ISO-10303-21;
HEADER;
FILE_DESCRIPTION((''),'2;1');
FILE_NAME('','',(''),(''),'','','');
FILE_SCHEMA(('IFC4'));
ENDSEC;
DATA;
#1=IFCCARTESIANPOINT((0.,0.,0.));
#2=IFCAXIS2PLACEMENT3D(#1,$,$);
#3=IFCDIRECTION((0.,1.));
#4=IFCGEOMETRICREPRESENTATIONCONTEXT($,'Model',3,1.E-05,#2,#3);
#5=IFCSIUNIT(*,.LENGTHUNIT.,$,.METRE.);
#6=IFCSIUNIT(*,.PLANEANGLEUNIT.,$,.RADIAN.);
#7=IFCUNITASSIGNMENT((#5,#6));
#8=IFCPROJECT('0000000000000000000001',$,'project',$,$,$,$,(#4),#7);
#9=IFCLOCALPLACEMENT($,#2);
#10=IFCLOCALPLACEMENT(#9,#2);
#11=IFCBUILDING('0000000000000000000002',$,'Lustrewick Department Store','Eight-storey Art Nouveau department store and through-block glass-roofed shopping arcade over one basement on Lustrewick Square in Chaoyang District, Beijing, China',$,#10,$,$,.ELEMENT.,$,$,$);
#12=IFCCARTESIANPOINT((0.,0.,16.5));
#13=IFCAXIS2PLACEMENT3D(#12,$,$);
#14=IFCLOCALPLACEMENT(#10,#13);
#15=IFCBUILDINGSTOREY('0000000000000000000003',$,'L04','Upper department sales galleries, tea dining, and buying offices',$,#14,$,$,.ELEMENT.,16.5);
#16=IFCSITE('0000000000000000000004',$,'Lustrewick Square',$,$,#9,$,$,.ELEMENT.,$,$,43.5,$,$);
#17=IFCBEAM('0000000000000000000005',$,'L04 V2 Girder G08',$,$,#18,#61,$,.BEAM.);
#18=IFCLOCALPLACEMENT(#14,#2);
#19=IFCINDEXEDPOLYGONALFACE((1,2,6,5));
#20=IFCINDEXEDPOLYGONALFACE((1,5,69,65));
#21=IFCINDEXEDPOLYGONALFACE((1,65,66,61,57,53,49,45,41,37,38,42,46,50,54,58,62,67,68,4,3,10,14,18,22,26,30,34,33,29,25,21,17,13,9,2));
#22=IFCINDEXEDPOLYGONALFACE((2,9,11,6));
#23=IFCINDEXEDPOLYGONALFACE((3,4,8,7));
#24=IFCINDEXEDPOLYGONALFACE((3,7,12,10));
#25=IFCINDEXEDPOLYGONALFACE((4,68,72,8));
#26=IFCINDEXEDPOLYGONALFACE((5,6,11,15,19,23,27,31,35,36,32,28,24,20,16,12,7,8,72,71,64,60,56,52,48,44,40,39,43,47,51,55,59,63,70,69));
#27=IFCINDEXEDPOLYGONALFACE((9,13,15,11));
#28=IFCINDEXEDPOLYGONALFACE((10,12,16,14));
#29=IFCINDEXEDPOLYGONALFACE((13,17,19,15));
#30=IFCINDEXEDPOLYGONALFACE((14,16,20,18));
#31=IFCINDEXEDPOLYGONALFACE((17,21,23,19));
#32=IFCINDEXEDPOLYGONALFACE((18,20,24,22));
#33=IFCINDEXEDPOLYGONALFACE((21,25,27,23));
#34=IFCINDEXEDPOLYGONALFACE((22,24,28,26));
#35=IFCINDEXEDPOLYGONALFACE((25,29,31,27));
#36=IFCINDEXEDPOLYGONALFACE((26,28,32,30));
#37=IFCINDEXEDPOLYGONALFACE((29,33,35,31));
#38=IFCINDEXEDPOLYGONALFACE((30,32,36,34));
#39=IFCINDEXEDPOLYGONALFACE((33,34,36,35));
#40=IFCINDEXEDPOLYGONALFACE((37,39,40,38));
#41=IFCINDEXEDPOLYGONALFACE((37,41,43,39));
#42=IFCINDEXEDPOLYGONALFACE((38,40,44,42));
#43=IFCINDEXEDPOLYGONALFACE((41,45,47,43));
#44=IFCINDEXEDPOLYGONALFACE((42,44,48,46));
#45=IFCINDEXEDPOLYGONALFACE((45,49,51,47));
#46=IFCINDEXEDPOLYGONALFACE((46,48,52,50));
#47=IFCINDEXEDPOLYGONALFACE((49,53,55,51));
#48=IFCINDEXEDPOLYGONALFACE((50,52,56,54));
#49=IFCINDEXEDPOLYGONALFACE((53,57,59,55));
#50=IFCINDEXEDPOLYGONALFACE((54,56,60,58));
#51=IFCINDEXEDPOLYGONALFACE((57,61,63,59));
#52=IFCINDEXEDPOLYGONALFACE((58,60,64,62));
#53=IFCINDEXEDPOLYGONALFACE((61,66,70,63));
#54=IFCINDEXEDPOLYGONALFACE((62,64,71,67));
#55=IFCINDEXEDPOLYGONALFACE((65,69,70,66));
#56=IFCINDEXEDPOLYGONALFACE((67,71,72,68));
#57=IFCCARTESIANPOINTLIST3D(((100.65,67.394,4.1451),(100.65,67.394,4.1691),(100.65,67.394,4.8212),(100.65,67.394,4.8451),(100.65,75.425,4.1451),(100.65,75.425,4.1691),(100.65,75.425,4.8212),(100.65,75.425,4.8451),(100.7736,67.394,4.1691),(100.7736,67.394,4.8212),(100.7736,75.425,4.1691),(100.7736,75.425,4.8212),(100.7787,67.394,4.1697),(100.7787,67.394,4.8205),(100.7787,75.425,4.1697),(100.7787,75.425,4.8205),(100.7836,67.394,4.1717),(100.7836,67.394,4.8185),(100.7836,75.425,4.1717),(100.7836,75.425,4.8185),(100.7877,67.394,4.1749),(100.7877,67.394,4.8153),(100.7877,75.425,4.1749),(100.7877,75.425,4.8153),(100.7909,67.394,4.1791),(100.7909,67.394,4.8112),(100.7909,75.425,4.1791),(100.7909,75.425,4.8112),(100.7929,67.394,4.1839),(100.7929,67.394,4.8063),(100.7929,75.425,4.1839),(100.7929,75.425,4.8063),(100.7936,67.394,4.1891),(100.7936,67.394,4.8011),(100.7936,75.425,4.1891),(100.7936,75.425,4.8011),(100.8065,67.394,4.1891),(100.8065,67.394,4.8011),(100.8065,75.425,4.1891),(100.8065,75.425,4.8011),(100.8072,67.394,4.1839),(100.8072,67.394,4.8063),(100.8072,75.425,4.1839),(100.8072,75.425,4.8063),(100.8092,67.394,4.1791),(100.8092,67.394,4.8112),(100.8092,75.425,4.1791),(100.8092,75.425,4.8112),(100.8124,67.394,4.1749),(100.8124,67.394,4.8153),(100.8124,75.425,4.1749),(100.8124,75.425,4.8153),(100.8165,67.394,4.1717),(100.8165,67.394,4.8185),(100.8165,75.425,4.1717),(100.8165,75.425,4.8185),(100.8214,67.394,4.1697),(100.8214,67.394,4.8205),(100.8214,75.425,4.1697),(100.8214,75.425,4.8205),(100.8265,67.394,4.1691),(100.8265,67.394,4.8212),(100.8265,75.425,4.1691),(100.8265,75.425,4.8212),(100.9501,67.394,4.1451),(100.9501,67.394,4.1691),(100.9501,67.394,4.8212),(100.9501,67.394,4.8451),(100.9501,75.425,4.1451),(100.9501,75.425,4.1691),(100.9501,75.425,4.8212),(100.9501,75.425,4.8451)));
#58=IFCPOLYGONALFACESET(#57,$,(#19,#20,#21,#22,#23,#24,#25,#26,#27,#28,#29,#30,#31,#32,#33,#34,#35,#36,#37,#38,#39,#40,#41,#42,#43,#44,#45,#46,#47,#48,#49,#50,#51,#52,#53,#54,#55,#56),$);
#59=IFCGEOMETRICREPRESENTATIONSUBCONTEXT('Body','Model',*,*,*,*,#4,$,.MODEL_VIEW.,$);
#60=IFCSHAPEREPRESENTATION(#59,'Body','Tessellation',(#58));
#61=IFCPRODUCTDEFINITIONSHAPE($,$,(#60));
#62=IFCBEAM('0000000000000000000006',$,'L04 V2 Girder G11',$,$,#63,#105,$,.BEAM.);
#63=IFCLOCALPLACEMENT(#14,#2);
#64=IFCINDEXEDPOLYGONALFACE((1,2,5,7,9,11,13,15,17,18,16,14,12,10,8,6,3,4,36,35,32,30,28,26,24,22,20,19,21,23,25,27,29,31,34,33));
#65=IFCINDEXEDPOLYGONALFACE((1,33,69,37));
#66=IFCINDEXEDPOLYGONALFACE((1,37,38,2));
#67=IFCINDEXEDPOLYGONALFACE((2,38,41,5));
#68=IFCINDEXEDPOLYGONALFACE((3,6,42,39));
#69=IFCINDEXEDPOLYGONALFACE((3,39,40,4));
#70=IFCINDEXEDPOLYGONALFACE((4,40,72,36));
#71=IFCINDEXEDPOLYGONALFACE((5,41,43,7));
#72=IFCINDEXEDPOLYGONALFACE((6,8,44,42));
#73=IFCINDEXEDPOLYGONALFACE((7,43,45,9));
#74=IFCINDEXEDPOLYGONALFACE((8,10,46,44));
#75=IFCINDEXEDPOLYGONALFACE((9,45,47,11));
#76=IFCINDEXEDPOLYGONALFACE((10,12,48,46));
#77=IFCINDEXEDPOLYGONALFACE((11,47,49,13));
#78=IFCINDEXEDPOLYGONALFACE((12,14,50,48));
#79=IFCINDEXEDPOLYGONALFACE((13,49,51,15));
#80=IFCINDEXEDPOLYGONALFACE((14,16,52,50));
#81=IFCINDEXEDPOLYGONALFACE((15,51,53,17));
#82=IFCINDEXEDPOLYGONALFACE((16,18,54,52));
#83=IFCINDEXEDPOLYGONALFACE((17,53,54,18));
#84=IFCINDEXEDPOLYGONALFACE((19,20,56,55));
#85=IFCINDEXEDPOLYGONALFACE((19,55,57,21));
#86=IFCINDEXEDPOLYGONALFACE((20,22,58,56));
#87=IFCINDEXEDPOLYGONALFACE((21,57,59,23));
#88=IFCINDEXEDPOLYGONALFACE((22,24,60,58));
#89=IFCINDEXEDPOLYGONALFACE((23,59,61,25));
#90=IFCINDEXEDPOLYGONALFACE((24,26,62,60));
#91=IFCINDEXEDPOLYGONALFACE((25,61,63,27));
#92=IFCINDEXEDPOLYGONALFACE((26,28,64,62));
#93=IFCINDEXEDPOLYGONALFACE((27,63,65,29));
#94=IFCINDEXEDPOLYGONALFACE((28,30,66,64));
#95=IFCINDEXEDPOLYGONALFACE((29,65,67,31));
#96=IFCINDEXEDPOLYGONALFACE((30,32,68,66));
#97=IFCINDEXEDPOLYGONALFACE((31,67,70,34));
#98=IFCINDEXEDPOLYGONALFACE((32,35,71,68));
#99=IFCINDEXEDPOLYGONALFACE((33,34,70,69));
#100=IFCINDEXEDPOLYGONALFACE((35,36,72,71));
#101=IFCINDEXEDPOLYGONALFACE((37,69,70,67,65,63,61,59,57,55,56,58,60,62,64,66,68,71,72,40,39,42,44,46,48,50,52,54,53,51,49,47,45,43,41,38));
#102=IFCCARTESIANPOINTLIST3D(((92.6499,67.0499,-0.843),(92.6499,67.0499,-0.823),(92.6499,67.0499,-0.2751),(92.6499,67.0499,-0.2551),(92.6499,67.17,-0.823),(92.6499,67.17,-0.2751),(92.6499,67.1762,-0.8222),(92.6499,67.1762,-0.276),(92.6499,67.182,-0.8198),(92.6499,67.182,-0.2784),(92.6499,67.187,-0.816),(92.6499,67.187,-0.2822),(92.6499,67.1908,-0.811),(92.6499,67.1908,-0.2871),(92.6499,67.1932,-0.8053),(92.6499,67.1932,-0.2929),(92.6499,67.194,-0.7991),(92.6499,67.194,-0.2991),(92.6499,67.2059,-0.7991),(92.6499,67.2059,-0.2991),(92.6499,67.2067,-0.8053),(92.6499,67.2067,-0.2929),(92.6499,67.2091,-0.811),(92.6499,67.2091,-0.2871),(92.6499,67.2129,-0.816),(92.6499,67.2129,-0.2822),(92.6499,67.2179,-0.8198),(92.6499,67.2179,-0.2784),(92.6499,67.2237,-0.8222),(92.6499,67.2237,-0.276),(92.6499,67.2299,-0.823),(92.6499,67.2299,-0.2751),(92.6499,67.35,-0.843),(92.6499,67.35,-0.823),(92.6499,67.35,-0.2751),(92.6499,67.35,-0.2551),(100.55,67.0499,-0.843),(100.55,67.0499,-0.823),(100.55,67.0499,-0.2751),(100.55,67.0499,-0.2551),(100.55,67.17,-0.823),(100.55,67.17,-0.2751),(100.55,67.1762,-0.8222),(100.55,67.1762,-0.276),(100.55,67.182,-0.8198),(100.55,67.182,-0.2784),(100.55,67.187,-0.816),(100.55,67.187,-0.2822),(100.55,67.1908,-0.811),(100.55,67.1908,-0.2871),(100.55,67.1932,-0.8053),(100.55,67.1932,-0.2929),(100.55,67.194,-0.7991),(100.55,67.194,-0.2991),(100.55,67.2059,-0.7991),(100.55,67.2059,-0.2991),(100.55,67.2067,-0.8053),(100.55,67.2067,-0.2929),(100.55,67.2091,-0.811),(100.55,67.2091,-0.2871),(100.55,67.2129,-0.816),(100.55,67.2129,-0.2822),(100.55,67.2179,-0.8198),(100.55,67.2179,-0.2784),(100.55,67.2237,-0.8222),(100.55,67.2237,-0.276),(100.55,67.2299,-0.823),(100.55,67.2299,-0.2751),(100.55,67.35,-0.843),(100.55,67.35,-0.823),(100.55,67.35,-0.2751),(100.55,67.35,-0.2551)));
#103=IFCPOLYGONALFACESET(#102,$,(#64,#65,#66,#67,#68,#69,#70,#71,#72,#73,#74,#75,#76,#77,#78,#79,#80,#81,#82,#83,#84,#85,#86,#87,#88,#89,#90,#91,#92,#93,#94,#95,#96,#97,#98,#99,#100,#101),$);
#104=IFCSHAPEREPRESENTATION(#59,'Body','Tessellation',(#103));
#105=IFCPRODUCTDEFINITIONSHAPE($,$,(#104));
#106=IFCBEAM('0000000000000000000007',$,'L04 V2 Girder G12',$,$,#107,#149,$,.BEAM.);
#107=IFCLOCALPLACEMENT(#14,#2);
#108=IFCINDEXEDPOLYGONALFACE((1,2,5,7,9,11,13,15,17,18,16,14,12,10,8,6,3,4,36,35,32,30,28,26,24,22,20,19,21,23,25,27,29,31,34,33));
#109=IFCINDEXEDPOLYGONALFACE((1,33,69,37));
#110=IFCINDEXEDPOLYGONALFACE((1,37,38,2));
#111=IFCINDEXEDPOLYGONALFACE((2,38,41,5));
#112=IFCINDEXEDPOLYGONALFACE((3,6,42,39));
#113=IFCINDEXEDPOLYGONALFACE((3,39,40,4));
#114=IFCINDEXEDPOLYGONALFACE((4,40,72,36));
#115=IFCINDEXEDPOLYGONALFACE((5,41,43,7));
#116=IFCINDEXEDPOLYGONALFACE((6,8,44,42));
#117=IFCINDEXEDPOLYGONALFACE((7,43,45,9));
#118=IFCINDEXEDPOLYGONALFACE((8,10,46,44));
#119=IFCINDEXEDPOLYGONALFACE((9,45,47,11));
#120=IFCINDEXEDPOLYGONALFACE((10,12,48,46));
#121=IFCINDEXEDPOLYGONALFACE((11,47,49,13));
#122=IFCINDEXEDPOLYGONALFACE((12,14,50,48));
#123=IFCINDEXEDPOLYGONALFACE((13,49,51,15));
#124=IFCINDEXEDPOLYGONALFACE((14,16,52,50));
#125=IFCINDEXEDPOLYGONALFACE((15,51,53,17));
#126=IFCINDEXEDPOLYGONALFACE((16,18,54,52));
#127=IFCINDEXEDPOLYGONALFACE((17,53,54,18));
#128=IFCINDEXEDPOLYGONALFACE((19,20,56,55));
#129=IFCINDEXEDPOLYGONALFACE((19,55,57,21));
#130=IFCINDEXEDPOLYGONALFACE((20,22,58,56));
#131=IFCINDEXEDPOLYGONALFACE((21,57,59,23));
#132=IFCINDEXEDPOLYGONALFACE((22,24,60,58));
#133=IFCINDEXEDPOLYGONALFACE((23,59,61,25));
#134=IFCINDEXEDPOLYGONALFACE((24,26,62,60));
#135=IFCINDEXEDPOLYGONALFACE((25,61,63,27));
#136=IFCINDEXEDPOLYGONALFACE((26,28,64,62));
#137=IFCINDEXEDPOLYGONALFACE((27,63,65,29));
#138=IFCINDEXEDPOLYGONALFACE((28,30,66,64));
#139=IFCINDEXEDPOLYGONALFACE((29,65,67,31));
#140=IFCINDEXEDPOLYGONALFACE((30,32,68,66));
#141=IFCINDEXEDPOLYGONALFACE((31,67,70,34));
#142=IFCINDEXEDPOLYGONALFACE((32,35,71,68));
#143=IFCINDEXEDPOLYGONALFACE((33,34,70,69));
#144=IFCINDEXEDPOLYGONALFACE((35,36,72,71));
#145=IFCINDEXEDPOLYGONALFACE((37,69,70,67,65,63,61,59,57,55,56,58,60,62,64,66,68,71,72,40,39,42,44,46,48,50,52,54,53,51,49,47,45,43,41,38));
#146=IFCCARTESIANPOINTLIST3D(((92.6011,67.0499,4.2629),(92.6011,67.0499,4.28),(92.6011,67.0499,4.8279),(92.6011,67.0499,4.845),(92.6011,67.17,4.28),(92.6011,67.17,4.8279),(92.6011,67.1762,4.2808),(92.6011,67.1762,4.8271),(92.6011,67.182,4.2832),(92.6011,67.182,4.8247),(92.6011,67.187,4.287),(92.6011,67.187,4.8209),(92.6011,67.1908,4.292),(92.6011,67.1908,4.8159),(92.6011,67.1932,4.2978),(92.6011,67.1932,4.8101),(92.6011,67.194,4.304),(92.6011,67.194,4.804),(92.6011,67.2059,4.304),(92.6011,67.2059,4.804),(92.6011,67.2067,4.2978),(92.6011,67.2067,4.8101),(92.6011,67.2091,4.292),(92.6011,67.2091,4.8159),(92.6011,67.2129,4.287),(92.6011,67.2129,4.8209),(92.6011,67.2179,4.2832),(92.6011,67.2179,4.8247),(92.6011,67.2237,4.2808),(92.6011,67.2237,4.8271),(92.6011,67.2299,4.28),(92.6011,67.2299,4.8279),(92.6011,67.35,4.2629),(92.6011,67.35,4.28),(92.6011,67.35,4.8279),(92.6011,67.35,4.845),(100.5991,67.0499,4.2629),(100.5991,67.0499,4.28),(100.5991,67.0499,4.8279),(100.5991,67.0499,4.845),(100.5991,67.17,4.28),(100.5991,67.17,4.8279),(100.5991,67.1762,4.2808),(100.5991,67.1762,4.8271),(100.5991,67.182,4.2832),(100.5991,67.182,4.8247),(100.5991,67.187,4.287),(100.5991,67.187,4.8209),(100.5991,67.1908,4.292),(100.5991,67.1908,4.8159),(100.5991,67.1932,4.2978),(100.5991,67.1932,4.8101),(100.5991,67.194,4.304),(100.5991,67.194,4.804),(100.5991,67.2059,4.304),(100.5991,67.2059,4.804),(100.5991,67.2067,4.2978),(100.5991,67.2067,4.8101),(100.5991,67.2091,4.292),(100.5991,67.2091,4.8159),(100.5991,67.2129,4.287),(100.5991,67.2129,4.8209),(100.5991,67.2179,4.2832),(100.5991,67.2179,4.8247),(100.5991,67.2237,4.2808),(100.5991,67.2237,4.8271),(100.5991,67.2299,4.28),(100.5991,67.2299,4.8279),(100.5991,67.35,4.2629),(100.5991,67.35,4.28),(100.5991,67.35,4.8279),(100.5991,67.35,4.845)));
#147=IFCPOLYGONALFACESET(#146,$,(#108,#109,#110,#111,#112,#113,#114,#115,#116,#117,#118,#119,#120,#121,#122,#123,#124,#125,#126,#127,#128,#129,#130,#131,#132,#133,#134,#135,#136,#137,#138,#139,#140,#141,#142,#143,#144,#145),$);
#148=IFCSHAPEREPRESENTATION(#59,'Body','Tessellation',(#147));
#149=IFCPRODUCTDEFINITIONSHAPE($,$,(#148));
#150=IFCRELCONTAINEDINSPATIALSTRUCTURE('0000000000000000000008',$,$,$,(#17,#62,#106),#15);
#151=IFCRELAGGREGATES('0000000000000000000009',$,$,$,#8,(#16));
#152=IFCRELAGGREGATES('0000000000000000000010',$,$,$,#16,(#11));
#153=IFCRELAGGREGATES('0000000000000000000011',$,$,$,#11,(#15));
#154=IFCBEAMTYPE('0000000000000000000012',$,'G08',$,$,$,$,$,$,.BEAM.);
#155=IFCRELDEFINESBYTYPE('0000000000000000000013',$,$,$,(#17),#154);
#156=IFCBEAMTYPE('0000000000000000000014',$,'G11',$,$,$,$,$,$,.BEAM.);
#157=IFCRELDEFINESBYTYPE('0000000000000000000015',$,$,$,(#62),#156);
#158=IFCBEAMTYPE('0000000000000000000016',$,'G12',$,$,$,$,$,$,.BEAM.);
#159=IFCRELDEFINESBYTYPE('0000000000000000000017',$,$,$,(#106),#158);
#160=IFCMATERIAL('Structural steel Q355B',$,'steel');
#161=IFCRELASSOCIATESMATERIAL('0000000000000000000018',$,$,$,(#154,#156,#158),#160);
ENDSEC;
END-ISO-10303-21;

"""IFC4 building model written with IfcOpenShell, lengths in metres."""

from ifc_helpers import new_model, si_unit, direction, frame, origin, origin_2d, place, context, subcontext, project, spatial, i_section, extrude, material, material_profile, profile_set, type_object, element, save


model = new_model("IFC4")

# Units and contexts
model_context = context("Model", 3, precision=1e-05, world=origin(), true_north=direction((0.0, 1.0)))
body_context = subcontext(model_context, "Body", "Model", "MODEL_VIEW")
ifc_project = project(units=[si_unit("LENGTHUNIT", "METRE"), si_unit("PLANEANGLEUNIT", "RADIAN")], contexts=[model_context])

# Site, building, storey
site_placement = place(None, origin())
site = spatial("IfcSite", under=ifc_project, at=site_placement, Name="Lustrewick Square", CompositionType="ELEMENT", RefElevation=43.5)
building_placement = place(site_placement, origin())
building = spatial("IfcBuilding", under=site, at=building_placement, Name="Lustrewick Department Store", Description="Eight-storey Art Nouveau department store and through-block glass-roofed shopping arcade over one basement on Lustrewick Square in Chaoyang District, Beijing, China", CompositionType="ELEMENT")
storey_placement = place(building_placement, frame((0.0, 0.0, 16.5)))
storey = spatial("IfcBuildingStorey", under=building, at=storey_placement, Name="L04", Description="Upper department sales galleries, tea dining, and buying offices", CompositionType="ELEMENT", Elevation=16.5)

# Shared definitions
ifc_material_1 = material(Name="Structural steel Q355B", Category="steel")

# Beams
ifc_material_profile_1 = material_profile(ifc_material_1, i_section(OverallWidth=0.3, OverallDepth=0.7, WebThickness=0.0129, FlangeThickness=0.0239, FilletRadius=0.02, at=origin_2d()), Name="HN 700x300x13x24")
ifc_profile_set_1 = profile_set([ifc_material_profile_1], Name="Structural steel Q355B")
beam_type_1 = type_object("IfcBeamType", Name="G08", PredefinedType="BEAM", material=ifc_profile_set_1)
beam_1_placement = place(storey_placement, frame((100.8, 67.394, 4.4951), z_axis=(0.0, 1.0, 0.0), x_axis=(-1.0, 0.0, 0.0)))
element("IfcBeam", 1, at=beam_1_placement, inside=storey, type_object=beam_type_1, Name="L04 V2 Girder G08", PredefinedType="BEAM", context=body_context, shape_type="SweptSolid", body=[
    extrude(i_section(OverallWidth=0.3, OverallDepth=0.7, WebThickness=0.0129, FlangeThickness=0.0239, FilletRadius=0.02, at=origin_2d()), origin(), (0.0, 0.0, 1.0), 8.031),
])
ifc_material_profile_2 = material_profile(ifc_material_1, i_section(OverallWidth=0.3, OverallDepth=0.5879, WebThickness=0.012, FlangeThickness=0.02, FilletRadius=0.0239, at=origin_2d()), Name="HM 588x300x12x20")
ifc_profile_set_2 = profile_set([ifc_material_profile_2], Name="Structural steel Q355B")
beam_type_2 = type_object("IfcBeamType", Name="G11", PredefinedType="BEAM", material=ifc_profile_set_2)
beam_2_placement = place(storey_placement, frame((92.6499, 67.2, -0.5491), z_axis=(1.0, 0.0, 0.0), x_axis=(0.0, 1.0, 0.0)))
element("IfcBeam", 2, at=beam_2_placement, inside=storey, type_object=beam_type_2, Name="L04 V2 Girder G11", PredefinedType="BEAM", context=body_context, shape_type="SweptSolid", body=[
    extrude(i_section(OverallWidth=0.3, OverallDepth=0.5879, WebThickness=0.012, FlangeThickness=0.02, FilletRadius=0.0239, at=origin_2d()), origin(), (0.0, 0.0, 1.0), 7.9001),
])
ifc_material_profile_3 = material_profile(ifc_material_1, i_section(OverallWidth=0.3, OverallDepth=0.582, WebThickness=0.012, FlangeThickness=0.0171, FilletRadius=0.0239, at=origin_2d()), Name="HM 582x300x12x17")
ifc_profile_set_3 = profile_set([ifc_material_profile_3], Name="Structural steel Q355B")
beam_type_3 = type_object("IfcBeamType", Name="G12", PredefinedType="BEAM", material=ifc_profile_set_3)
beam_3_placement = place(storey_placement, frame((92.6011, 67.2, 4.554), z_axis=(1.0, 0.0, 0.0), x_axis=(0.0, 1.0, 0.0)))
element("IfcBeam", 3, at=beam_3_placement, inside=storey, type_object=beam_type_3, Name="L04 V2 Girder G12", PredefinedType="BEAM", context=body_context, shape_type="SweptSolid", body=[
    extrude(i_section(OverallWidth=0.3, OverallDepth=0.582, WebThickness=0.012, FlangeThickness=0.0171, FilletRadius=0.0239, at=origin_2d()), origin(), (0.0, 0.0, 1.0), 7.998),
])

save(model, "model.ifc")
